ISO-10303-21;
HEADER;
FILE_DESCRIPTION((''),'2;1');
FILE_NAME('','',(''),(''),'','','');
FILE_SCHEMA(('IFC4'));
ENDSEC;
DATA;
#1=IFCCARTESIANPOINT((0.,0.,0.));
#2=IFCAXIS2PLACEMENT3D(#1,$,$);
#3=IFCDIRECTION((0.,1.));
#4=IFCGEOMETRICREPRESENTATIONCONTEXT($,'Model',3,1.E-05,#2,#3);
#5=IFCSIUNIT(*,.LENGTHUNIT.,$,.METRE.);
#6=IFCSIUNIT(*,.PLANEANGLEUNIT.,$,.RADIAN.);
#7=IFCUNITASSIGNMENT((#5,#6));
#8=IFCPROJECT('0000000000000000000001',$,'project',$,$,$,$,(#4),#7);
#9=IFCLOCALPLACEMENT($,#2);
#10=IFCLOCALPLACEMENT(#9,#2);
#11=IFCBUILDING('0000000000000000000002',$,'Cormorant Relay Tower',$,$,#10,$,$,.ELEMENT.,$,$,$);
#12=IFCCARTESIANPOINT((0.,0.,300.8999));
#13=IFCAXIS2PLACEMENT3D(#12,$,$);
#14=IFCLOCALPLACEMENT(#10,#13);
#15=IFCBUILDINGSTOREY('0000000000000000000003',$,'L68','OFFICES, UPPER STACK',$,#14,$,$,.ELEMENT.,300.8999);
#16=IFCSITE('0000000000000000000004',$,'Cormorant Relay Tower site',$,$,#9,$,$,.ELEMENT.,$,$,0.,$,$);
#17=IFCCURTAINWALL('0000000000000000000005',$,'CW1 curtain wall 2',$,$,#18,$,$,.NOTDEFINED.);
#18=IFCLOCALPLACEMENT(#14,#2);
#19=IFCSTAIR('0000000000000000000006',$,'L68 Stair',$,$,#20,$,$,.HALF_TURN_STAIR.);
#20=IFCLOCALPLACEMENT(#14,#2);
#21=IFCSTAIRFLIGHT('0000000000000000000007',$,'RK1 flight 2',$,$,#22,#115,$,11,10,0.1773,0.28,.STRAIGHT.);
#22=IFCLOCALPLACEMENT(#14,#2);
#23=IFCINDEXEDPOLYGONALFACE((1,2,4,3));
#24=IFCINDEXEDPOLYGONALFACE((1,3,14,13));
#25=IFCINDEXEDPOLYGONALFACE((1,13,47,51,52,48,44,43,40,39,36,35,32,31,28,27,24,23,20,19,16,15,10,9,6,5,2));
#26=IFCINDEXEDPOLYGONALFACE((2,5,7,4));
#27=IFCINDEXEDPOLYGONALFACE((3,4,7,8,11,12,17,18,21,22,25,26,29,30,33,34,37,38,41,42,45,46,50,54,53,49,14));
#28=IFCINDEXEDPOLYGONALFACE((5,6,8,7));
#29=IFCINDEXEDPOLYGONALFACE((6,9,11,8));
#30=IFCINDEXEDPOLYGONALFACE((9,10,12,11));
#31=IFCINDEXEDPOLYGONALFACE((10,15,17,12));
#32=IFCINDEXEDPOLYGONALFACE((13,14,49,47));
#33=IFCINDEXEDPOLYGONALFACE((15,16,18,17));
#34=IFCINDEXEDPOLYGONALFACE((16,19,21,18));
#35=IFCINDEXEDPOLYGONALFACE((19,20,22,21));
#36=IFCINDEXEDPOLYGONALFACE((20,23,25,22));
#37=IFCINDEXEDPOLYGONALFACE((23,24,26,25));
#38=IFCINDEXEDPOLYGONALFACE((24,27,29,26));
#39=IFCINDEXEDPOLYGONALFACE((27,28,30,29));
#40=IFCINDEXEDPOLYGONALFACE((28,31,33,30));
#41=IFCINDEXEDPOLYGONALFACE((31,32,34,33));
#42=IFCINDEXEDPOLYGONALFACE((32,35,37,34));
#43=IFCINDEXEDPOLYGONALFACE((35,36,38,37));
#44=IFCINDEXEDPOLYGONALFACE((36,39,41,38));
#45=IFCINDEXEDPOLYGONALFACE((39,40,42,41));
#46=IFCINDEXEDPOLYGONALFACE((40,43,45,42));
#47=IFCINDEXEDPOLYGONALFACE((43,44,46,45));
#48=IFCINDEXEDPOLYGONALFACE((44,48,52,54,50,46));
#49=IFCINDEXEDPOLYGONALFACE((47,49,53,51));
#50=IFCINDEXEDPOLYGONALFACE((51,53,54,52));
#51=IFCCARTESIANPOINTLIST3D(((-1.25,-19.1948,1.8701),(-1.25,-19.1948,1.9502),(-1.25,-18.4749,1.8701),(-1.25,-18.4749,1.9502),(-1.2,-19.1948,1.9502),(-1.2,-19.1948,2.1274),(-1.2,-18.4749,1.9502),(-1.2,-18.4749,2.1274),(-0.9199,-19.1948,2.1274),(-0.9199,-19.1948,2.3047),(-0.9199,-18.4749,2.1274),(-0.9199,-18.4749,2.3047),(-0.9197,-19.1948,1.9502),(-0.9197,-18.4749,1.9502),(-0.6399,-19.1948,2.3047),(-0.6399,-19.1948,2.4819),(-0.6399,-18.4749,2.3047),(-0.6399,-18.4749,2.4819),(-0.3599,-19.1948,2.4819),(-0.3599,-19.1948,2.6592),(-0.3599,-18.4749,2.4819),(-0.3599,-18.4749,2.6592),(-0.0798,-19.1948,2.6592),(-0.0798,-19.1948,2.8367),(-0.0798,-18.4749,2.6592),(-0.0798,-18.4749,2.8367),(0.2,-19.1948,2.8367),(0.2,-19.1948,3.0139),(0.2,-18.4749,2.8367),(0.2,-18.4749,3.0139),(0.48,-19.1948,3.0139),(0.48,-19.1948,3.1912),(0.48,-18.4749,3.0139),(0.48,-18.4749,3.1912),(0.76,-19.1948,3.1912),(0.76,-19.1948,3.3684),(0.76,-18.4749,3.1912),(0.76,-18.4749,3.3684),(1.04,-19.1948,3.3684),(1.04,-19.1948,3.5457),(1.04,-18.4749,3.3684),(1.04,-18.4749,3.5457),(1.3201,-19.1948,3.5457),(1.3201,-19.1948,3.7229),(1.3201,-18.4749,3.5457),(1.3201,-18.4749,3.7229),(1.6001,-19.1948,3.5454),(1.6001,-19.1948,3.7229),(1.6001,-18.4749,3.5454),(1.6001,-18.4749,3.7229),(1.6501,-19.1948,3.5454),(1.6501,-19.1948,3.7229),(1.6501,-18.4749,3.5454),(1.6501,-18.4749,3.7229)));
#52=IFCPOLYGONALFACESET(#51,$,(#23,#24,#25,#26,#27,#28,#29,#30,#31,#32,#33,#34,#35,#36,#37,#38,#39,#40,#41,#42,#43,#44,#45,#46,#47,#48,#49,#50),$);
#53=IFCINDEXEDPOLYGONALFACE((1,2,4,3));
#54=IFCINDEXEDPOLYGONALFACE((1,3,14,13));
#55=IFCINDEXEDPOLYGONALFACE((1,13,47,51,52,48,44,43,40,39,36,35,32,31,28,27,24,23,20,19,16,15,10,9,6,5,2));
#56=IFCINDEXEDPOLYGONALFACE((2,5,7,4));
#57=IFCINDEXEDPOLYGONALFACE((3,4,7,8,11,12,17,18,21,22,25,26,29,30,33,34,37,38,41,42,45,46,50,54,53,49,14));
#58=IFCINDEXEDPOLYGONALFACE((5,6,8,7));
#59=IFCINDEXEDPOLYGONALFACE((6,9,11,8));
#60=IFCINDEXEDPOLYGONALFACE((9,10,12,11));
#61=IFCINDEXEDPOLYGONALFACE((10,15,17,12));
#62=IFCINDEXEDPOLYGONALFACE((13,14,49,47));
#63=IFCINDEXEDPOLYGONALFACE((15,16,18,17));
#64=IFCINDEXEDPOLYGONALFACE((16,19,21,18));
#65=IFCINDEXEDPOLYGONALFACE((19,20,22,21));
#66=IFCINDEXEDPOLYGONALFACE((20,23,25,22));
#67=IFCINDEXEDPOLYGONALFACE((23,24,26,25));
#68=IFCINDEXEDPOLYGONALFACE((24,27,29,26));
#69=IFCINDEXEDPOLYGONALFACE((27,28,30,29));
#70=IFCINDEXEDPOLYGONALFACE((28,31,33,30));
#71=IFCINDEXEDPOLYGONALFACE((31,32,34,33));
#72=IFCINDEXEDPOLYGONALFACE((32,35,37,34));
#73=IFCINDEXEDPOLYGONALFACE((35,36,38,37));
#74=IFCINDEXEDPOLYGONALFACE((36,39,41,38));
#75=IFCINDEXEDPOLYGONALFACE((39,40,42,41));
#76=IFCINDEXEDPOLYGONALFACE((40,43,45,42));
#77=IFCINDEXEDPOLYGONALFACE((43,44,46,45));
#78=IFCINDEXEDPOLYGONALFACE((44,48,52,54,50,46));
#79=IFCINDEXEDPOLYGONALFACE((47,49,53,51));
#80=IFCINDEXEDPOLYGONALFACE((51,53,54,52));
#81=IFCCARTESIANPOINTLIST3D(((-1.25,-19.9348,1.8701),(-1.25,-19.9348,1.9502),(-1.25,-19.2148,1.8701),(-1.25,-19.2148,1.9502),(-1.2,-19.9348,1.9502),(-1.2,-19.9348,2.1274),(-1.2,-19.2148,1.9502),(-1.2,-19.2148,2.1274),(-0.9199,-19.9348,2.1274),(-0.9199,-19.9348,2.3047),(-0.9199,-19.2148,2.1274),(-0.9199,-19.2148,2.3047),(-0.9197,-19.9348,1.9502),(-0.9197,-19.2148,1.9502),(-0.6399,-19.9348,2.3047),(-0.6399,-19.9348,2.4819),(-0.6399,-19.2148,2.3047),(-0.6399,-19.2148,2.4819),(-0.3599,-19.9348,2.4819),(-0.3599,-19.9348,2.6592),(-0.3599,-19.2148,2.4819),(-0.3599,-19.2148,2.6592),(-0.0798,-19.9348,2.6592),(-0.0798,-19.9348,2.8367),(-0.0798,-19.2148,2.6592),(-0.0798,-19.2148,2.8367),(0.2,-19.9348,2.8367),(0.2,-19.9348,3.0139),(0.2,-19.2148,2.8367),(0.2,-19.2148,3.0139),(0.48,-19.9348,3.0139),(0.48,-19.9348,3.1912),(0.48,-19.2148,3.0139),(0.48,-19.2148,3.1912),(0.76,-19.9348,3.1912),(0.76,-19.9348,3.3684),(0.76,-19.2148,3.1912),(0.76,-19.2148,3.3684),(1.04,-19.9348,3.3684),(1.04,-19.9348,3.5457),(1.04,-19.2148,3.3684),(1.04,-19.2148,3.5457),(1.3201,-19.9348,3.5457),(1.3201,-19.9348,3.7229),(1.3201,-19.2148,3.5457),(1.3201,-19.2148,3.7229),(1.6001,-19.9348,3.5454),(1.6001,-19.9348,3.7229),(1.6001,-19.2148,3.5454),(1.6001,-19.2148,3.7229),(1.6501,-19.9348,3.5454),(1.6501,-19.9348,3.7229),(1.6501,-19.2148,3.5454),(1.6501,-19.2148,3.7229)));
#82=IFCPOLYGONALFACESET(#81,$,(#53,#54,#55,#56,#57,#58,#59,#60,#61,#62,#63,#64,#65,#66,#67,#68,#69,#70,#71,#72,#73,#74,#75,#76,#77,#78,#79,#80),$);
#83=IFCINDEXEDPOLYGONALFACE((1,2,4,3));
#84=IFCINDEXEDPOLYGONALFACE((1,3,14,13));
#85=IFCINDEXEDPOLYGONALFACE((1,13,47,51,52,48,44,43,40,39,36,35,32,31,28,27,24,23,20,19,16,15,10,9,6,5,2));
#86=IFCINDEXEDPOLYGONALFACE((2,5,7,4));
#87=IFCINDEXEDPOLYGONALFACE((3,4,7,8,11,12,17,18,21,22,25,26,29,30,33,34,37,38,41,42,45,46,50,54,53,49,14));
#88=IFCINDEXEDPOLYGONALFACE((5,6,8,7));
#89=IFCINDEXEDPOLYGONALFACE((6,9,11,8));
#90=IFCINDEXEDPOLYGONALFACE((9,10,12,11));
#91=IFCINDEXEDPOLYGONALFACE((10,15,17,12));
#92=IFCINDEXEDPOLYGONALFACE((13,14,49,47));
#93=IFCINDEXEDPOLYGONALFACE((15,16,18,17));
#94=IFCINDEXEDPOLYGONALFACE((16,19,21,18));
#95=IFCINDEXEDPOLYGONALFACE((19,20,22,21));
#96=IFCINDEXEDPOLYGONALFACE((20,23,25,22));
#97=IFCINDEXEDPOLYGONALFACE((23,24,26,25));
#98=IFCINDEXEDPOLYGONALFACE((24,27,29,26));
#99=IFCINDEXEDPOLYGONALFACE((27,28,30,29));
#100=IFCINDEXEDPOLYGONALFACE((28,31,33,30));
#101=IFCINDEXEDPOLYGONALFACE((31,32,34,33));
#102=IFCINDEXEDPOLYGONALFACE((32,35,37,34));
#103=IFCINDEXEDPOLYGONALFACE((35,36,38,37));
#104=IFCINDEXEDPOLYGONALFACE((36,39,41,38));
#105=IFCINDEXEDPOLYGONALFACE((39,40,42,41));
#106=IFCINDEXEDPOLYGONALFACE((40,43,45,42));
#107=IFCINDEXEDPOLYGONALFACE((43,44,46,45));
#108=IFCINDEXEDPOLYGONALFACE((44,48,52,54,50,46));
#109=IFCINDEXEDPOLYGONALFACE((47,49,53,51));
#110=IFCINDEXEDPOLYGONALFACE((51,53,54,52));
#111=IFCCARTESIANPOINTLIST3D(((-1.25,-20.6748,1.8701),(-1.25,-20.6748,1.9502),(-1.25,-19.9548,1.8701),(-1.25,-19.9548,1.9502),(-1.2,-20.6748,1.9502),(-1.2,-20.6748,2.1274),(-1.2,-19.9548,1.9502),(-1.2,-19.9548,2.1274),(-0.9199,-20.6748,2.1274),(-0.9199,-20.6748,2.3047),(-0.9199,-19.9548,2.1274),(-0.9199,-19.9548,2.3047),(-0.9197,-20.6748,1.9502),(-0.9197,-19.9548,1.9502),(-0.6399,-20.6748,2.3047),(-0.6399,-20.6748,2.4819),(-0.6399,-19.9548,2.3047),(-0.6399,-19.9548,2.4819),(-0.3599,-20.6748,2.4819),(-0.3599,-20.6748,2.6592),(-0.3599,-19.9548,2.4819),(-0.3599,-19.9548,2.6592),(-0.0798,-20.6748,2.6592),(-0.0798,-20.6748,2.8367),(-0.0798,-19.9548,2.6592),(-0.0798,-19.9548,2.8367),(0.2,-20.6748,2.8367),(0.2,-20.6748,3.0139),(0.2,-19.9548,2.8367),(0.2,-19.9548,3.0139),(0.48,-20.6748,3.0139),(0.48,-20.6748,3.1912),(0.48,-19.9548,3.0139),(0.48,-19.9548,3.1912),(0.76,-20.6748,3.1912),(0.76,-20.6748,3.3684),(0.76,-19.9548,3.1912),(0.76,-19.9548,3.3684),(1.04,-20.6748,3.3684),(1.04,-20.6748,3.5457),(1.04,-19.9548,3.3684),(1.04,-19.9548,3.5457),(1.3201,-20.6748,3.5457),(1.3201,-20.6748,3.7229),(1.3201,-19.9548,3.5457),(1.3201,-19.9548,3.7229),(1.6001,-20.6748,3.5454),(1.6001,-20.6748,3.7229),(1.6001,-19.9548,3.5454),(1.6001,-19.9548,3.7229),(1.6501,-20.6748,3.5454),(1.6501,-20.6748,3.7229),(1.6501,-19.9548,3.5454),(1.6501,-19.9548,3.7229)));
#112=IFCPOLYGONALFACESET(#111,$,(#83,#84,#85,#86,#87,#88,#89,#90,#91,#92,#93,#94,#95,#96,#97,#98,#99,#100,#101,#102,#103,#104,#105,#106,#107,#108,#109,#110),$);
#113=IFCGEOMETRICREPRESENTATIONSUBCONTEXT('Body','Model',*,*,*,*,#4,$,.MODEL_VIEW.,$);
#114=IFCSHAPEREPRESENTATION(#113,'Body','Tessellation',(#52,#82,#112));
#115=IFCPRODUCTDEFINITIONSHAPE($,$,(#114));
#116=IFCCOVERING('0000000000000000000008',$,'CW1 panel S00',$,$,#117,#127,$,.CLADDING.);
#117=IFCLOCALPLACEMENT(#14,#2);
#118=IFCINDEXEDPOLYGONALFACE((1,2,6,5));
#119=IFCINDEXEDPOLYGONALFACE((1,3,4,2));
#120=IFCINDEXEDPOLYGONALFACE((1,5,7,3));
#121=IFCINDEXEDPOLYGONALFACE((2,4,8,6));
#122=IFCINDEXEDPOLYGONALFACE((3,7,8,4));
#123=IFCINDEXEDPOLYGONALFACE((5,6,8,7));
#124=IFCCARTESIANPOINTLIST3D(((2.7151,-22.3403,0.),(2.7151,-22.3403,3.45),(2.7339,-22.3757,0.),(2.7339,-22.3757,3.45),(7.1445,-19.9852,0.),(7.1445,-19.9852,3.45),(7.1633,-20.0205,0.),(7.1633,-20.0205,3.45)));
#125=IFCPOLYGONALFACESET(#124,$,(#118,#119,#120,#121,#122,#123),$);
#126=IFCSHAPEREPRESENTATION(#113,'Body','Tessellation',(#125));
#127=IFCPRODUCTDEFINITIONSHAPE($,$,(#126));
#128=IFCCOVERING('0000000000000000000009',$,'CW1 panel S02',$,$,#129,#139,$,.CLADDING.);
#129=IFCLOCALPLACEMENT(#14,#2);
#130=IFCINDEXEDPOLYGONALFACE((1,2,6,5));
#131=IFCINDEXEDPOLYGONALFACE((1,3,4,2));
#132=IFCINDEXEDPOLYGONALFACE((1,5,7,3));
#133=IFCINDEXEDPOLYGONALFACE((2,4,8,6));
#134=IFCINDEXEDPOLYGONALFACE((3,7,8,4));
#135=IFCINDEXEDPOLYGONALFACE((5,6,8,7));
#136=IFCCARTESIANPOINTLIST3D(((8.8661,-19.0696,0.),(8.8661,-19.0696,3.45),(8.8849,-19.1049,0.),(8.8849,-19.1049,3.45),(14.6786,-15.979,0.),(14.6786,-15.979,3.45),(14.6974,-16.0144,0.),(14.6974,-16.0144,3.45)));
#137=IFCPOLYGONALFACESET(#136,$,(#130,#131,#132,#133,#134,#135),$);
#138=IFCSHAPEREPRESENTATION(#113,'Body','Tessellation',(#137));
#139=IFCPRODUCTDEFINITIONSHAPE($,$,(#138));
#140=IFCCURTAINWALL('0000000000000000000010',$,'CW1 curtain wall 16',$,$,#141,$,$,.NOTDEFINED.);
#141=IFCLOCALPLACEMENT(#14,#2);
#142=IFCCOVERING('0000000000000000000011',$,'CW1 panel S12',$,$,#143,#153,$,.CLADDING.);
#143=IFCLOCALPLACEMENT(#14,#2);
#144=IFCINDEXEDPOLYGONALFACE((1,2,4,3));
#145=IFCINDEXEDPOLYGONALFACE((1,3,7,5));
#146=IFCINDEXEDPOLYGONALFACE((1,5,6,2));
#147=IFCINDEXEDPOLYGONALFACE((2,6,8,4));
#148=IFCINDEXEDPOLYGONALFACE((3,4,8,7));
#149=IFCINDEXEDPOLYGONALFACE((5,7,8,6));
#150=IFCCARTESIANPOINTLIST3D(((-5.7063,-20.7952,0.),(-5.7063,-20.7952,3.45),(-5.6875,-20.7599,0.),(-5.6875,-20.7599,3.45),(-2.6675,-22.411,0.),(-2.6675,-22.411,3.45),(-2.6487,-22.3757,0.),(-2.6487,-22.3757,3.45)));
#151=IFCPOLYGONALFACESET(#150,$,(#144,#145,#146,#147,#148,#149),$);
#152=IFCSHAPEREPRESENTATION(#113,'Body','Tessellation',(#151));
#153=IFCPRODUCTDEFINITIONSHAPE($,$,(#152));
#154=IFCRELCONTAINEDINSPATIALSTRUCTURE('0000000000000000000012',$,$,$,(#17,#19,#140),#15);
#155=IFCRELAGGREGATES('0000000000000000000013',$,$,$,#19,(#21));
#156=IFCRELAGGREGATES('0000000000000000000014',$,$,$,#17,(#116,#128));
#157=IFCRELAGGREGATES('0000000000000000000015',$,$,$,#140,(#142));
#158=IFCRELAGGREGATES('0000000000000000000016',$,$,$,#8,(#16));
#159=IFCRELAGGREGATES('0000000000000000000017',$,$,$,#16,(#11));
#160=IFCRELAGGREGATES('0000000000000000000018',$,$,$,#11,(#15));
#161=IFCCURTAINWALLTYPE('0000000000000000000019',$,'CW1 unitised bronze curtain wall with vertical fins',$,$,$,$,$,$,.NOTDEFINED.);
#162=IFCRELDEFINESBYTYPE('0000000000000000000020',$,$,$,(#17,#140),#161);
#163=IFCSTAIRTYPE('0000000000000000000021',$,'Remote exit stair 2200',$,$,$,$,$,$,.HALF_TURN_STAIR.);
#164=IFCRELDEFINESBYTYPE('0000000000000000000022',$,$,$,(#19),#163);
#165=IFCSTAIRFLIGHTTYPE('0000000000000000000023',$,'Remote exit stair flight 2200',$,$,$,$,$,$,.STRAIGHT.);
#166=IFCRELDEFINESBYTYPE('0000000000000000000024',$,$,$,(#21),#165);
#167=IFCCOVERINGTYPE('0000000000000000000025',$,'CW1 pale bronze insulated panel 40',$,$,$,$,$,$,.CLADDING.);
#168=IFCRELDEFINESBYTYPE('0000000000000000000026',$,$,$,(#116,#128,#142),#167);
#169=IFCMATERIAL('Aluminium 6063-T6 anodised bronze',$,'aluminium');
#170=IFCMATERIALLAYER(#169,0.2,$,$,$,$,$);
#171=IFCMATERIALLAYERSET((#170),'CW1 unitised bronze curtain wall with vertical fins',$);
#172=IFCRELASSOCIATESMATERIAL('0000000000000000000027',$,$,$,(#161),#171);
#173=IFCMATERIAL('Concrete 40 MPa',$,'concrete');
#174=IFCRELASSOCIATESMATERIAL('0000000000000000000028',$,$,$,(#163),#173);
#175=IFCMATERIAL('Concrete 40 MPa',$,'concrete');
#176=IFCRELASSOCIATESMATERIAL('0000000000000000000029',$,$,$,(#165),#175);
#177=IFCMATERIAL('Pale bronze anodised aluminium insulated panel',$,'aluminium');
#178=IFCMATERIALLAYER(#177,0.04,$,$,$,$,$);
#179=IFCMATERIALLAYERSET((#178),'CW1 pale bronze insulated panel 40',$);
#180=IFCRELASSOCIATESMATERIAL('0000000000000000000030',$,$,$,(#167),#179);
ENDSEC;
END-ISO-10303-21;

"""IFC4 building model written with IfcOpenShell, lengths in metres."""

from ifc_helpers import new_model, si_unit, direction, frame, origin, origin_2d, place, context, subcontext, project, spatial, polyline, rectangle, outline, extrude, material, layer, layer_set, type_object, element, aggregate, save


model = new_model("IFC4")

# Units and contexts
model_context = context("Model", 3, precision=1e-05, world=origin(), true_north=direction((0.0, 1.0)))
body_context = subcontext(model_context, "Body", "Model", "MODEL_VIEW")
ifc_project = project(units=[si_unit("LENGTHUNIT", "METRE"), si_unit("PLANEANGLEUNIT", "RADIAN")], contexts=[model_context])

# Site, building, storey
site_placement = place(None, origin())
site = spatial("IfcSite", under=ifc_project, at=site_placement, Name="Cormorant Relay Tower site", CompositionType="ELEMENT", RefElevation=0.0)
building_placement = place(site_placement, origin())
building = spatial("IfcBuilding", under=site, at=building_placement, Name="Cormorant Relay Tower", CompositionType="ELEMENT")
storey_placement = place(building_placement, frame((0.0, 0.0, 300.8999)))
storey = spatial("IfcBuildingStorey", under=building, at=storey_placement, Name="L68", Description="OFFICES, UPPER STACK", CompositionType="ELEMENT", Elevation=300.8999)

# Shared definitions
ifc_material_1 = material(Name="Aluminium 6063-T6 anodised bronze", Category="aluminium")
ifc_layer_1 = layer(ifc_material_1, 0.2)
ifc_layer_set_1 = layer_set([ifc_layer_1], Name="CW1 unitised bronze curtain wall with vertical fins")
curtain_wall_type = type_object("IfcCurtainWallType", Name="CW1 unitised bronze curtain wall with vertical fins", PredefinedType="NOTDEFINED", material=ifc_layer_set_1)

# Curtain wall
curtain_wall_1_placement = place(storey_placement, origin())
curtain_wall_1 = element("IfcCurtainWall", 1, at=curtain_wall_1_placement, inside=storey, type_object=curtain_wall_type, Name="CW1 curtain wall 2", PredefinedType="NOTDEFINED")

# Stair, stair flight
ifc_material_2 = material(Name="Concrete 40 MPa", Category="concrete")
stair_type = type_object("IfcStairType", Name="Remote exit stair 2200", PredefinedType="HALF_TURN_STAIR", material=ifc_material_2)
stair_placement = place(storey_placement, origin())
stair = element("IfcStair", 2, at=stair_placement, inside=storey, type_object=stair_type, Name="L68 Stair", PredefinedType="HALF_TURN_STAIR")
ifc_material_3 = material(Name="Concrete 40 MPa", Category="concrete")
stair_flight_type = type_object("IfcStairFlightType", Name="Remote exit stair flight 2200", PredefinedType="STRAIGHT", material=ifc_material_3)
stair_flight_placement = place(storey_placement, frame((-1.2, -19.575, 1.9502), z_axis=(0.0, 0.0, 1.0), x_axis=(1.0, 0.0, 0.0)))
stair_flight = element("IfcStairFlight", 3, at=stair_flight_placement, type_object=stair_flight_type, Name="RK1 flight 2", NumberOfRisers=11, NumberOfTreads=10, PredefinedType="STRAIGHT", RiserHeight=0.1773, TreadLength=0.28, context=body_context, shape_type="SweptSolid", body=[
    extrude(outline(polyline([(-0.05, -0.0801), (-0.05, 0.0), (0.0, 0.0), (0.0, 0.1772), (0.28, 0.1772), (0.28, 0.3545), (0.5601, 0.3545), (0.5601, 0.5317), (0.8401, 0.5317), (0.8401, 0.709), (1.1201, 0.709), (1.1201, 0.8865), (1.3999, 0.8865), (1.3999, 1.0637), (1.6799, 1.0637), (1.6799, 1.241), (1.96, 1.241), (1.96, 1.4182), (2.24, 1.4182), (2.24, 1.5955), (2.52, 1.5955), (2.52, 1.7727), (2.8, 1.7727), (2.8501, 1.7727), (2.8501, 1.5952), (2.8, 1.5952), (0.2803, 0.0), (-0.05, -0.0801)])), frame((0.0, 1.1001, 0.0), z_axis=(0.0, -1.0, 0.0), x_axis=(1.0, 0.0, 0.0)), (0.0, 0.0, 1.0), 0.72),
    extrude(outline(polyline([(-0.05, -0.0801), (-0.05, 0.0), (0.0, 0.0), (0.0, 0.1772), (0.28, 0.1772), (0.28, 0.3545), (0.5601, 0.3545), (0.5601, 0.5317), (0.8401, 0.5317), (0.8401, 0.709), (1.1201, 0.709), (1.1201, 0.8865), (1.3999, 0.8865), (1.3999, 1.0637), (1.6799, 1.0637), (1.6799, 1.241), (1.96, 1.241), (1.96, 1.4182), (2.24, 1.4182), (2.24, 1.5955), (2.52, 1.5955), (2.52, 1.7727), (2.8, 1.7727), (2.8501, 1.7727), (2.8501, 1.5952), (2.8, 1.5952), (0.2803, 0.0), (-0.05, -0.0801)])), frame((0.0, 0.3601, 0.0), z_axis=(0.0, -1.0, 0.0), x_axis=(1.0, 0.0, 0.0)), (0.0, 0.0, 1.0), 0.72),
    extrude(outline(polyline([(-0.05, -0.0801), (-0.05, 0.0), (0.0, 0.0), (0.0, 0.1772), (0.28, 0.1772), (0.28, 0.3545), (0.5601, 0.3545), (0.5601, 0.5317), (0.8401, 0.5317), (0.8401, 0.709), (1.1201, 0.709), (1.1201, 0.8865), (1.3999, 0.8865), (1.3999, 1.0637), (1.6799, 1.0637), (1.6799, 1.241), (1.96, 1.241), (1.96, 1.4182), (2.24, 1.4182), (2.24, 1.5955), (2.52, 1.5955), (2.52, 1.7727), (2.8, 1.7727), (2.8501, 1.7727), (2.8501, 1.5952), (2.8, 1.5952), (0.2803, 0.0), (-0.05, -0.0801)])), frame((0.0, -0.3799, 0.0), z_axis=(0.0, -1.0, 0.0), x_axis=(1.0, 0.0, 0.0)), (0.0, 0.0, 1.0), 0.72),
])
aggregate(stair, [stair_flight])

# Coverings
ifc_material_4 = material(Name="Pale bronze anodised aluminium insulated panel", Category="aluminium")
ifc_layer_2 = layer(ifc_material_4, 0.04)
ifc_layer_set_2 = layer_set([ifc_layer_2], Name="CW1 pale bronze insulated panel 40")
covering_type = type_object("IfcCoveringType", Name="CW1 pale bronze insulated panel 40", PredefinedType="CLADDING", material=ifc_layer_set_2)
covering_1_placement = place(storey_placement, frame((4.9392, -21.1804, 0.0), z_axis=(0.0, 0.0, 1.0), x_axis=(0.882948, 0.469472, 0.0)))
covering_1 = element("IfcCovering", 4, at=covering_1_placement, type_object=covering_type, Name="CW1 panel S00", PredefinedType="CLADDING", context=body_context, shape_type="SweptSolid", body=[
    extrude(rectangle(XDim=5.0166, YDim=0.04, at=origin_2d()), origin(), (0.0, 0.0, 1.0), 3.45),
])
covering_2_placement = place(storey_placement, frame((11.7817, -17.542, 0.0), z_axis=(0.0, 0.0, 1.0), x_axis=(0.882948, 0.469472, 0.0)))
covering_2 = element("IfcCovering", 5, at=covering_2_placement, type_object=covering_type, Name="CW1 panel S02", PredefinedType="CLADDING", context=body_context, shape_type="SweptSolid", body=[
    extrude(rectangle(XDim=6.583, YDim=0.04, at=origin_2d()), origin(), (0.0, 0.0, 1.0), 3.45),
])
aggregate(curtain_wall_1, [covering_1, covering_2])

# Curtain wall, covering
curtain_wall_2_placement = place(storey_placement, origin())
curtain_wall_2 = element("IfcCurtainWall", 6, at=curtain_wall_2_placement, inside=storey, type_object=curtain_wall_type, Name="CW1 curtain wall 16", PredefinedType="NOTDEFINED")
covering_3_placement = place(storey_placement, frame((-4.1775, -21.5854, 0.0), z_axis=(0.0, 0.0, 1.0), x_axis=(0.882948, -0.469472, 0.0)))
covering_3 = element("IfcCovering", 7, at=covering_3_placement, type_object=covering_type, Name="CW1 panel S12", PredefinedType="CLADDING", context=body_context, shape_type="SweptSolid", body=[
    extrude(rectangle(XDim=3.4417, YDim=0.04, at=origin_2d()), origin(), (0.0, 0.0, 1.0), 3.45),
])
aggregate(curtain_wall_2, [covering_3])

save(model, "model.ifc")
